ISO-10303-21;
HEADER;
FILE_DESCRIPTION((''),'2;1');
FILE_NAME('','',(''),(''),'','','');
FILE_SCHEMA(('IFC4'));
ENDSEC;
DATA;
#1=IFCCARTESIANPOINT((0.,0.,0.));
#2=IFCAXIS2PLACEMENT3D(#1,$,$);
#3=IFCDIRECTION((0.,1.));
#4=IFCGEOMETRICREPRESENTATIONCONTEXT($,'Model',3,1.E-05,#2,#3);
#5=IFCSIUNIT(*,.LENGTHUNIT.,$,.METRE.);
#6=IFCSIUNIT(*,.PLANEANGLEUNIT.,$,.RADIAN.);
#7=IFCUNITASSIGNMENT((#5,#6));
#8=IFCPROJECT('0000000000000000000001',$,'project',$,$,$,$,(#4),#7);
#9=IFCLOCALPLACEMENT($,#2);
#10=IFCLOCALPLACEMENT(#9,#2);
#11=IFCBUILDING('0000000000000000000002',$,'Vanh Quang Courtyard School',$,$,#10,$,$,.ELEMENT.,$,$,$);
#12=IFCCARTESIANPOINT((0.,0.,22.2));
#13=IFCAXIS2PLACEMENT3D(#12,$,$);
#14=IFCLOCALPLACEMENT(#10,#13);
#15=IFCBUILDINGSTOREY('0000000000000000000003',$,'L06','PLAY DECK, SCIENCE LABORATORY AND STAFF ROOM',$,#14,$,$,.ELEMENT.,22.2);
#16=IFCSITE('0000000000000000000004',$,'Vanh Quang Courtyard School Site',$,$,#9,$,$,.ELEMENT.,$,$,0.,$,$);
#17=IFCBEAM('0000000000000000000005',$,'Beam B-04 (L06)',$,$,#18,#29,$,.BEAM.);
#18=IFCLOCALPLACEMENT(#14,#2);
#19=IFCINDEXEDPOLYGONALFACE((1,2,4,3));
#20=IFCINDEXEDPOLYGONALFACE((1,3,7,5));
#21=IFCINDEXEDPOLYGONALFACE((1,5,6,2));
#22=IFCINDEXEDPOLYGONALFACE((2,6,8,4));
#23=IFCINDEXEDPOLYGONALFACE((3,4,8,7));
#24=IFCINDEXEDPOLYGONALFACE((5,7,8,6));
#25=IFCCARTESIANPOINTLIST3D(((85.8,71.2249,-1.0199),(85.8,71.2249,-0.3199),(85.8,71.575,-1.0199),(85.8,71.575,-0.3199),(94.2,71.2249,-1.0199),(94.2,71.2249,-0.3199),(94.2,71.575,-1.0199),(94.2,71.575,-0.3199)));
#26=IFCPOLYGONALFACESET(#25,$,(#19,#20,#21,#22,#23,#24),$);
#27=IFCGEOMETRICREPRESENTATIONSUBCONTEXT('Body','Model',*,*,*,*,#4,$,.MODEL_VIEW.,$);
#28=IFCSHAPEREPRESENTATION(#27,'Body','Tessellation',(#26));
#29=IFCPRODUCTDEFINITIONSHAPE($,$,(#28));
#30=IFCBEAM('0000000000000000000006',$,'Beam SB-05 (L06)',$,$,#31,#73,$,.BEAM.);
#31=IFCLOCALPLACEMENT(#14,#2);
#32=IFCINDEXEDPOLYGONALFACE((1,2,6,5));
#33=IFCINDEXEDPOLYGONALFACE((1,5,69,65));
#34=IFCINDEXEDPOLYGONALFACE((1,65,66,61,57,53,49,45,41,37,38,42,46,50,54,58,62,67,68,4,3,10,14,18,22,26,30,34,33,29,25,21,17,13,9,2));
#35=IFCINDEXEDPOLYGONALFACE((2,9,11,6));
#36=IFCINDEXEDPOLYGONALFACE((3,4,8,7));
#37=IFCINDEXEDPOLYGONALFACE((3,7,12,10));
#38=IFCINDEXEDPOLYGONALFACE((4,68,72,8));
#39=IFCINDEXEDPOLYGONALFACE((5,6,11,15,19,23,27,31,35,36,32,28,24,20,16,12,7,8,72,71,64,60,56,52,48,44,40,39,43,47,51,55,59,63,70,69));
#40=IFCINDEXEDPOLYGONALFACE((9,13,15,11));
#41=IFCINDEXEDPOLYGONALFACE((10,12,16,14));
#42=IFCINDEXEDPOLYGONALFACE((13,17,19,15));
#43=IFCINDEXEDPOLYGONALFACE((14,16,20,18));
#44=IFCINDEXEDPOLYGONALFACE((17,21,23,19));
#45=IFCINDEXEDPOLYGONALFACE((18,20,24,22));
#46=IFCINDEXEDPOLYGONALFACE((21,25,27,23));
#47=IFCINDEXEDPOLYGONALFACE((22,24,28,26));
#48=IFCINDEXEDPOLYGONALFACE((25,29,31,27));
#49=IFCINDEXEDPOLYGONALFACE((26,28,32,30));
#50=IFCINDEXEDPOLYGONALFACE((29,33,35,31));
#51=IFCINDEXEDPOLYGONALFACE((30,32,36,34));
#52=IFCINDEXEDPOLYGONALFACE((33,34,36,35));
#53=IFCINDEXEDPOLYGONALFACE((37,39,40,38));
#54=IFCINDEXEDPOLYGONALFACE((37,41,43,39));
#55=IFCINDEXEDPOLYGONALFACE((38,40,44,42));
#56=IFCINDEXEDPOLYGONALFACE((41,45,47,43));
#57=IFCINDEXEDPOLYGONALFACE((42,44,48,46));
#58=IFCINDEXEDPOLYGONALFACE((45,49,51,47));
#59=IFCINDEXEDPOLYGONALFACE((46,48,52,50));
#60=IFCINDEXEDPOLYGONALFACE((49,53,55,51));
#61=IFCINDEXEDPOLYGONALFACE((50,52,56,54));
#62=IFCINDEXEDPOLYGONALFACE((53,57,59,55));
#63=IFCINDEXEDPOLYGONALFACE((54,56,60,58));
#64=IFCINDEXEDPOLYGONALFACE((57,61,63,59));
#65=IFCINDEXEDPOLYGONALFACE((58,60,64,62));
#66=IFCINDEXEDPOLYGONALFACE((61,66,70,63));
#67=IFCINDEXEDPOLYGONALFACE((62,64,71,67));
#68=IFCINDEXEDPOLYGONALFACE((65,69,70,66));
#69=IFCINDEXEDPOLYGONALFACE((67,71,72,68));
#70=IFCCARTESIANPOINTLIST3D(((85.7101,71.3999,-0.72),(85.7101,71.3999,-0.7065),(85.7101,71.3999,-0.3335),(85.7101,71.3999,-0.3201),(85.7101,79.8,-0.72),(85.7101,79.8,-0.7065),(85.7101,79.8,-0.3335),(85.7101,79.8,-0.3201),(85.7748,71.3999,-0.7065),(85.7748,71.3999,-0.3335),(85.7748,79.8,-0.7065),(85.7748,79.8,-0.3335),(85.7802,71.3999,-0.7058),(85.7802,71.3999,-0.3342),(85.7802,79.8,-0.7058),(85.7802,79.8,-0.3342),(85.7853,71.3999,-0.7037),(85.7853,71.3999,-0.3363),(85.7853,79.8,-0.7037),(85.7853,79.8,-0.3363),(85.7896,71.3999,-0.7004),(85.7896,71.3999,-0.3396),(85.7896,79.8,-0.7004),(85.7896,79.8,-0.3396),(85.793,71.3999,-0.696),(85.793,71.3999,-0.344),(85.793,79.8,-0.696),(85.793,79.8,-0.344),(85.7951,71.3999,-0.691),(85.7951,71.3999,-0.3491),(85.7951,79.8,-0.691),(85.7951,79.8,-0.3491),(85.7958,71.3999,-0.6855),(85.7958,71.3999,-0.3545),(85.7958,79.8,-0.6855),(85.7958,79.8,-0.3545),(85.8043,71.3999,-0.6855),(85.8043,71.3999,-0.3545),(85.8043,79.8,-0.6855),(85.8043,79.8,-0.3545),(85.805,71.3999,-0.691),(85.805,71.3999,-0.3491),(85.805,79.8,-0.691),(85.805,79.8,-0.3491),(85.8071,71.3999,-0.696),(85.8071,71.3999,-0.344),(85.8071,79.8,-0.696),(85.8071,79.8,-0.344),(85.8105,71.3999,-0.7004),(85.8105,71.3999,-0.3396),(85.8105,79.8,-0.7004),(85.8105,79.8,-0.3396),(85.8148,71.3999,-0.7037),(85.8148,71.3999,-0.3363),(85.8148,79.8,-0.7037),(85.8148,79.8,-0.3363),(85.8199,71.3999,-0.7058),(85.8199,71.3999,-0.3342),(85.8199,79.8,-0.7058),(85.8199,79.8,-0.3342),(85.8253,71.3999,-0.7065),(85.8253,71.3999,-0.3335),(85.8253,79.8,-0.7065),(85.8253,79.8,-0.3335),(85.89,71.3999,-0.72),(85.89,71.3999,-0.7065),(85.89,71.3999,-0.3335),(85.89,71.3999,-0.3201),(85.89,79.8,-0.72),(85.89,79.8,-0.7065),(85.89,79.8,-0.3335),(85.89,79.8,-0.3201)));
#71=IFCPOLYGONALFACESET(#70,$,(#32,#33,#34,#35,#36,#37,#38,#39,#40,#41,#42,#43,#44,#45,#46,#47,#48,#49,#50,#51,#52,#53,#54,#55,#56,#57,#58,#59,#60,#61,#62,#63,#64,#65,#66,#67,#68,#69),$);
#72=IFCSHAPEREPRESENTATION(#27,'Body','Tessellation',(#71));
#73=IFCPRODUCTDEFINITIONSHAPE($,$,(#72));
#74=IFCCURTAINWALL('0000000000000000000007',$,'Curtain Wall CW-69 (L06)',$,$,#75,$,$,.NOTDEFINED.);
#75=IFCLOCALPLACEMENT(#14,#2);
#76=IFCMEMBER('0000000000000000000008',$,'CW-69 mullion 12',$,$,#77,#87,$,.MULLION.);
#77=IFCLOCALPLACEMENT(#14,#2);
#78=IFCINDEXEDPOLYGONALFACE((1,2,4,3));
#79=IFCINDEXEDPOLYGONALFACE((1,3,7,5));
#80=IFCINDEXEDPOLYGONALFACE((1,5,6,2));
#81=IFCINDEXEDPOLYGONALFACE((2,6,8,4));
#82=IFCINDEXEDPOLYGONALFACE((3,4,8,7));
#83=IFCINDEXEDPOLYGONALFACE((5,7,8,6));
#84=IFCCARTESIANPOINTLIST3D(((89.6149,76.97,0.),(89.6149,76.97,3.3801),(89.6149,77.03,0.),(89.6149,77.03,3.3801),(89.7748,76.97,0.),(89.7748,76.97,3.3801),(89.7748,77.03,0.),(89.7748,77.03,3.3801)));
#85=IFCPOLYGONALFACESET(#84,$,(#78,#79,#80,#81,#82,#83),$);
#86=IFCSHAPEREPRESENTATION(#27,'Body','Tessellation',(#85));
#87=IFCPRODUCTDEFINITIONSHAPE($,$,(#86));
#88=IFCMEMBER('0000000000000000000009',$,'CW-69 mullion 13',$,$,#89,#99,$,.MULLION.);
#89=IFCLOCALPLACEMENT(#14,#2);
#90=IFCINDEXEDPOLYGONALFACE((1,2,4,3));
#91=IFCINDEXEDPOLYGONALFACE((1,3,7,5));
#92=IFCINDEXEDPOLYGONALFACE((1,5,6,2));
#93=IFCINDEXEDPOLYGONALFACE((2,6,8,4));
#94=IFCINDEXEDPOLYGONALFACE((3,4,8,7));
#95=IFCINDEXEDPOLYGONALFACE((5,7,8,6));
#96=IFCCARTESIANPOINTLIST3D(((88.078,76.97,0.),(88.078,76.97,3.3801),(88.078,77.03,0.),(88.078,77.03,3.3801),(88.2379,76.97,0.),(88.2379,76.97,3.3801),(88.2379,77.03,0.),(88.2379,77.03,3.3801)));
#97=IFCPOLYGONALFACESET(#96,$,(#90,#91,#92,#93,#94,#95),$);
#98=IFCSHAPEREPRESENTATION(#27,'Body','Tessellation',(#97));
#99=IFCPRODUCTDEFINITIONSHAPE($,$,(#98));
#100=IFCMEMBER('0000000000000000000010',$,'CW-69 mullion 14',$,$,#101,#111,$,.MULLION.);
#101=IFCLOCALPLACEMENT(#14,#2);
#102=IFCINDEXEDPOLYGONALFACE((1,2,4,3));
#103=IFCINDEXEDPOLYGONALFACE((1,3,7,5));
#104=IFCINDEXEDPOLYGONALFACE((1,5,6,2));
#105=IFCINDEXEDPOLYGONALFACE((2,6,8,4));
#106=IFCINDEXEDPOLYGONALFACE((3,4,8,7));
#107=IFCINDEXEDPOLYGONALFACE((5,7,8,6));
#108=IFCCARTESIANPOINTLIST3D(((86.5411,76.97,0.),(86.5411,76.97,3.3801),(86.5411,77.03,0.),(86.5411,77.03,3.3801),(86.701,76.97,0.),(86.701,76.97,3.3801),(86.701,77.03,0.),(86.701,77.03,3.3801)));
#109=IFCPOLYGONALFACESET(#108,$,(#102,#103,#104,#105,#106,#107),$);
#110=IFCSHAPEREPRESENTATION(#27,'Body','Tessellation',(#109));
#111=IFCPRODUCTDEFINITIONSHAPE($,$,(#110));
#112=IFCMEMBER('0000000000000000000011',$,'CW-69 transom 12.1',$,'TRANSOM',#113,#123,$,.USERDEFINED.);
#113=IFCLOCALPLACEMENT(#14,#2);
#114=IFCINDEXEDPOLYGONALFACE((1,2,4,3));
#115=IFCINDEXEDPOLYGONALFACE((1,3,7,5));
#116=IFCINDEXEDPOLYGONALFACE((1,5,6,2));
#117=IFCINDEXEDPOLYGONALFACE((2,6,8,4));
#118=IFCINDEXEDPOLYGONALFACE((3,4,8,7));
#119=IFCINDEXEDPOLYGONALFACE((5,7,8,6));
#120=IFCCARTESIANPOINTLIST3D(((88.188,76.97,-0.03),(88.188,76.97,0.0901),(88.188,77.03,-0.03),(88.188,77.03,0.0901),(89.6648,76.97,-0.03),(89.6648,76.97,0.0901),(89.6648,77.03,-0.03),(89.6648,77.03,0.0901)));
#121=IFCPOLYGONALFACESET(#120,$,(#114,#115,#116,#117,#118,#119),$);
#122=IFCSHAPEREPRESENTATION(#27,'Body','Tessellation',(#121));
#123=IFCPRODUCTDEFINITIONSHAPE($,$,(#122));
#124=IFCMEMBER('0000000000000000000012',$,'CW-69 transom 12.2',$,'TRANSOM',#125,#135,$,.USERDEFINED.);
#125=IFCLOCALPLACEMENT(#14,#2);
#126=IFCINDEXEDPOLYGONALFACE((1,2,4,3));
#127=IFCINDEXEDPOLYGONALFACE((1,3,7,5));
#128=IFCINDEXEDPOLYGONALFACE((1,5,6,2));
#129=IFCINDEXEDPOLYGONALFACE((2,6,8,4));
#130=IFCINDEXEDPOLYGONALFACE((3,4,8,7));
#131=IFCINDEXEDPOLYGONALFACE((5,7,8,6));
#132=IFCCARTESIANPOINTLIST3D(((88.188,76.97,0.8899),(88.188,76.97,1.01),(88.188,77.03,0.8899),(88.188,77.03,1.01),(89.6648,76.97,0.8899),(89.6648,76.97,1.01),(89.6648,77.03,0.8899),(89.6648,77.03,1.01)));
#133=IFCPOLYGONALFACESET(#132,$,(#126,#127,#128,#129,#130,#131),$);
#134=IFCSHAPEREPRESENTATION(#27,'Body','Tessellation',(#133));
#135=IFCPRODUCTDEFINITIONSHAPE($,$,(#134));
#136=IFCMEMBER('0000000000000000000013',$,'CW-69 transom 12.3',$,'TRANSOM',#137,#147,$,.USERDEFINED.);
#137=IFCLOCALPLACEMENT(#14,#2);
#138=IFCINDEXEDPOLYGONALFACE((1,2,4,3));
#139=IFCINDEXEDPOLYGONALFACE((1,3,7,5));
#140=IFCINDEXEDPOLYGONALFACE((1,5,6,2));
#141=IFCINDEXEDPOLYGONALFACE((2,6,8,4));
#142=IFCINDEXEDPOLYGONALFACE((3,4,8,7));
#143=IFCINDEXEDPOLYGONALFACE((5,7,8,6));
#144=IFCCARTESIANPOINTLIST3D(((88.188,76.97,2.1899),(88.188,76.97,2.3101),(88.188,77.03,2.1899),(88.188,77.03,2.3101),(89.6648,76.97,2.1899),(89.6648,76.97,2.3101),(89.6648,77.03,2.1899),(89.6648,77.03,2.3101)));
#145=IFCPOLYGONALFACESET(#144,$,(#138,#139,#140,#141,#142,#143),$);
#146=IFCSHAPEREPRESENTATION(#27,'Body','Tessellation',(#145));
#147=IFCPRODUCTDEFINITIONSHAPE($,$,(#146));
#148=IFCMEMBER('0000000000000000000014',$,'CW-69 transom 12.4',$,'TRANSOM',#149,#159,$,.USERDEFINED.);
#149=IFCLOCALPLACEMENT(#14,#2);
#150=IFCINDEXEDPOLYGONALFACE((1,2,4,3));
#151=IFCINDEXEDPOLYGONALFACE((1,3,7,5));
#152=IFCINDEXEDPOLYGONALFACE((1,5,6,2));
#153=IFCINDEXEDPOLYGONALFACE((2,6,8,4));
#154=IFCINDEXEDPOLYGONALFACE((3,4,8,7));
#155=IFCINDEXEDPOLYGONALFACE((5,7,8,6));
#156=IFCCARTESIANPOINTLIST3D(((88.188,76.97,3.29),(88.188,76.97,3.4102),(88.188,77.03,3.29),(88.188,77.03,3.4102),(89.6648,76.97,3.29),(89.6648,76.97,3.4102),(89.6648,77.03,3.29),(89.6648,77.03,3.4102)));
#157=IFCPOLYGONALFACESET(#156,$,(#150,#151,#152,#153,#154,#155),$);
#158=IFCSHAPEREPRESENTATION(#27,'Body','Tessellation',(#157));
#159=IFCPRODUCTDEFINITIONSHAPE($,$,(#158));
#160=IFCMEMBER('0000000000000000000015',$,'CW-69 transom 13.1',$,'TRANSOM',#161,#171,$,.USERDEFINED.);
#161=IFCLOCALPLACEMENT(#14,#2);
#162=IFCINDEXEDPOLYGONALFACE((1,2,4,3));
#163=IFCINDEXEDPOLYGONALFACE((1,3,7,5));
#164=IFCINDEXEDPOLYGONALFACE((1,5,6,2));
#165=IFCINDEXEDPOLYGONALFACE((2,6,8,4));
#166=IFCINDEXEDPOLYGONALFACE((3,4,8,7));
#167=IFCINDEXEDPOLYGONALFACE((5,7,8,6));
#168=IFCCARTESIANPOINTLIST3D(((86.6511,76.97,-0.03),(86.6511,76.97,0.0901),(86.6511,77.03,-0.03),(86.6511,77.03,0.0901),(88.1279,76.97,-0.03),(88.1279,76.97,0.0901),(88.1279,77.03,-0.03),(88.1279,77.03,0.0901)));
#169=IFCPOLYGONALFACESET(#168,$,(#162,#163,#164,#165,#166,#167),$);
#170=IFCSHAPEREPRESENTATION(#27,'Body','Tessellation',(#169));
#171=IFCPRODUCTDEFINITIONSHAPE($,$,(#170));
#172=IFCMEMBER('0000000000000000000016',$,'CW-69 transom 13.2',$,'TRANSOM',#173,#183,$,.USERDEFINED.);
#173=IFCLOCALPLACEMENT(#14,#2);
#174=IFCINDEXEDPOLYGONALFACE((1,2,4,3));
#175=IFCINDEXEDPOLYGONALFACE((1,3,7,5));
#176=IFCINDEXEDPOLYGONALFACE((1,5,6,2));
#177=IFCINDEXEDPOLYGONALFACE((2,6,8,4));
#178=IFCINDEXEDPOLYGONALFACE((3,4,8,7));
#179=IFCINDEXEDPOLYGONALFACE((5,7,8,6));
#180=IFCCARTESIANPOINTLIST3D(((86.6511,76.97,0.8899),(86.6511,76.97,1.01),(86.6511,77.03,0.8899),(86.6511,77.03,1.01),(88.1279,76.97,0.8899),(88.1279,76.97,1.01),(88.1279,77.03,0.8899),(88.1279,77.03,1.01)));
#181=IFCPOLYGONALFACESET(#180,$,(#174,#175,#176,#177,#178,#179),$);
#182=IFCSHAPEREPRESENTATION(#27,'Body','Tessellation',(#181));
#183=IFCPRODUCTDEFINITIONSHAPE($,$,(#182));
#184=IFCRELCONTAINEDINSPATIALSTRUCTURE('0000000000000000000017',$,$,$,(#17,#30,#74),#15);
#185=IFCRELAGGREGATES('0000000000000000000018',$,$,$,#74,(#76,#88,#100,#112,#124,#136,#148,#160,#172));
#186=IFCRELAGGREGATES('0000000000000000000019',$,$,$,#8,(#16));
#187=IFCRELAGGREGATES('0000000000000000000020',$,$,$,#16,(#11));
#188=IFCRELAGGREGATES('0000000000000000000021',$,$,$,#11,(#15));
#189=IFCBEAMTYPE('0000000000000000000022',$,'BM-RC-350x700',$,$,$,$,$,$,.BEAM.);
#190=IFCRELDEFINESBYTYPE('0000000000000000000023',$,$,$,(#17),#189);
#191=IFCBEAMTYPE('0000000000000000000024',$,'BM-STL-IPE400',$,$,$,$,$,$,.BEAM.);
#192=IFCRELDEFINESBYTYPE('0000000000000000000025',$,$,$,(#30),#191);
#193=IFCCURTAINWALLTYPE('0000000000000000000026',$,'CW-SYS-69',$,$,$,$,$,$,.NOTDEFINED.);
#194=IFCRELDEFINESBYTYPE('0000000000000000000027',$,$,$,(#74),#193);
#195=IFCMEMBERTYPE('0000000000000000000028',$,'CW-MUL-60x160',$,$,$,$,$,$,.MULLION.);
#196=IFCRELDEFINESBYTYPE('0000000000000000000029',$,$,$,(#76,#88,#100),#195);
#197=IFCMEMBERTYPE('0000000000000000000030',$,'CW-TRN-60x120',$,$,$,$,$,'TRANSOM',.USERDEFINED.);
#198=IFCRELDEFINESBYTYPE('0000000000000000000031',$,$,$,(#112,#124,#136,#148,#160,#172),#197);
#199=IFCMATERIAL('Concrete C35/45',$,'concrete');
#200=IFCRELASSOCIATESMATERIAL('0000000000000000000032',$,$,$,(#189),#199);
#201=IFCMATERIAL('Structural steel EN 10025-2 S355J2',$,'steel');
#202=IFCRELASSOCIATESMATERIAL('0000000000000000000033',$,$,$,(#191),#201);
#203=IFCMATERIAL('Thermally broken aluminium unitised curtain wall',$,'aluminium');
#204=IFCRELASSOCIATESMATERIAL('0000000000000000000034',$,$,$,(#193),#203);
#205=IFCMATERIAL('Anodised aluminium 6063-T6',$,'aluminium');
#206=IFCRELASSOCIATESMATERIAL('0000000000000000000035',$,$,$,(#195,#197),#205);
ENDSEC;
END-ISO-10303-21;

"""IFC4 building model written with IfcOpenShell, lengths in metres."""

from ifc_helpers import new_model, si_unit, direction, frame, origin, origin_2d, place, context, subcontext, project, spatial, rectangle, i_section, extrude, material, material_profile, profile_set, type_object, element, aggregate, save


model = new_model("IFC4")

# Units and contexts
model_context = context("Model", 3, precision=1e-05, world=origin(), true_north=direction((0.0, 1.0)))
body_context = subcontext(model_context, "Body", "Model", "MODEL_VIEW")
ifc_project = project(units=[si_unit("LENGTHUNIT", "METRE"), si_unit("PLANEANGLEUNIT", "RADIAN")], contexts=[model_context])

# Site, building, storey
site_placement = place(None, origin())
site = spatial("IfcSite", under=ifc_project, at=site_placement, Name="Vanh Quang Courtyard School Site", CompositionType="ELEMENT", RefElevation=0.0)
building_placement = place(site_placement, origin())
building = spatial("IfcBuilding", under=site, at=building_placement, Name="Vanh Quang Courtyard School", CompositionType="ELEMENT")
storey_placement = place(building_placement, frame((0.0, 0.0, 22.2)))
storey = spatial("IfcBuildingStorey", under=building, at=storey_placement, Name="L06", Description="PLAY DECK, SCIENCE LABORATORY AND STAFF ROOM", CompositionType="ELEMENT", Elevation=22.2)

# Beams
ifc_material_1 = material(Name="Concrete C35/45", Category="concrete")
ifc_material_profile_1 = material_profile(ifc_material_1, rectangle(XDim=0.3501, YDim=0.7, at=origin_2d()), Name="RC-BM 350x700")
ifc_profile_set_1 = profile_set([ifc_material_profile_1], Name="Concrete C35/45")
beam_type_1 = type_object("IfcBeamType", Name="BM-RC-350x700", PredefinedType="BEAM", material=ifc_profile_set_1)
beam_1_placement = place(storey_placement, frame((85.8, 71.3999, -0.6699), z_axis=(1.0, 0.0, 0.0), x_axis=(0.0, 1.0, 0.0)))
element("IfcBeam", 1, at=beam_1_placement, inside=storey, type_object=beam_type_1, Name="Beam B-04 (L06)", PredefinedType="BEAM", context=body_context, shape_type="SweptSolid", body=[
    extrude(rectangle(XDim=0.3501, YDim=0.7, at=origin_2d()), origin(), (0.0, 0.0, 1.0), 8.3999),
])
ifc_material_2 = material(Name="Structural steel EN 10025-2 S355J2", Category="steel")
ifc_material_profile_2 = material_profile(ifc_material_2, i_section(OverallWidth=0.1799, OverallDepth=0.3999, WebThickness=0.0085, FlangeThickness=0.0134, FilletRadius=0.021, at=origin_2d()), Name="IPE 400")
ifc_profile_set_2 = profile_set([ifc_material_profile_2], Name="Structural steel EN 10025-2 S355J2")
beam_type_2 = type_object("IfcBeamType", Name="BM-STL-IPE400", PredefinedType="BEAM", material=ifc_profile_set_2)
beam_2_placement = place(storey_placement, frame((85.8, 71.3999, -0.52), z_axis=(0.0, 1.0, 0.0), x_axis=(-1.0, 0.0, 0.0)))
element("IfcBeam", 2, at=beam_2_placement, inside=storey, type_object=beam_type_2, Name="Beam SB-05 (L06)", PredefinedType="BEAM", context=body_context, shape_type="SweptSolid", body=[
    extrude(i_section(OverallWidth=0.1799, OverallDepth=0.3999, WebThickness=0.0085, FlangeThickness=0.0134, FilletRadius=0.021, at=origin_2d()), origin(), (0.0, 0.0, 1.0), 8.4001),
])

# Curtain wall, members
ifc_material_3 = material(Name="Thermally broken aluminium unitised curtain wall", Category="aluminium")
curtain_wall_type = type_object("IfcCurtainWallType", Name="CW-SYS-69", PredefinedType="NOTDEFINED", material=ifc_material_3)
curtain_wall_placement = place(storey_placement, origin())
curtain_wall = element("IfcCurtainWall", 3, at=curtain_wall_placement, inside=storey, type_object=curtain_wall_type, Name="Curtain Wall CW-69 (L06)", PredefinedType="NOTDEFINED")
ifc_material_4 = material(Name="Anodised aluminium 6063-T6", Category="aluminium")
ifc_material_profile_3 = material_profile(ifc_material_4, rectangle(XDim=0.0601, YDim=0.1599, at=origin_2d()), Name="ALU-MUL 60x160")
ifc_profile_set_3 = profile_set([ifc_material_profile_3], Name="Anodised aluminium 6063-T6")
member_type_1 = type_object("IfcMemberType", Name="CW-MUL-60x160", PredefinedType="MULLION", material=ifc_profile_set_3)
member_1_placement = place(storey_placement, frame((89.6948, 77.0, 0.0), z_axis=(0.0, 0.0, 1.0), x_axis=(0.0, -1.0, 0.0)))
member_1 = element("IfcMember", 4, at=member_1_placement, type_object=member_type_1, Name="CW-69 mullion 12", PredefinedType="MULLION", context=body_context, shape_type="SweptSolid", body=[
    extrude(rectangle(XDim=0.0601, YDim=0.1599, at=origin_2d()), origin(), (0.0, 0.0, 1.0), 3.3801),
])
member_2_placement = place(storey_placement, frame((88.158, 77.0, 0.0), z_axis=(0.0, 0.0, 1.0), x_axis=(0.0, -1.0, 0.0)))
member_2 = element("IfcMember", 5, at=member_2_placement, type_object=member_type_1, Name="CW-69 mullion 13", PredefinedType="MULLION", context=body_context, shape_type="SweptSolid", body=[
    extrude(rectangle(XDim=0.0601, YDim=0.1599, at=origin_2d()), origin(), (0.0, 0.0, 1.0), 3.3801),
])
member_3_placement = place(storey_placement, frame((86.6211, 77.0, 0.0), z_axis=(0.0, 0.0, 1.0), x_axis=(0.0, -1.0, 0.0)))
member_3 = element("IfcMember", 6, at=member_3_placement, type_object=member_type_1, Name="CW-69 mullion 14", PredefinedType="MULLION", context=body_context, shape_type="SweptSolid", body=[
    extrude(rectangle(XDim=0.0601, YDim=0.1599, at=origin_2d()), origin(), (0.0, 0.0, 1.0), 3.3801),
])
ifc_material_profile_4 = material_profile(ifc_material_4, rectangle(XDim=0.0601, YDim=0.1201, at=origin_2d()), Name="ALU-TRN 60x120")
ifc_profile_set_4 = profile_set([ifc_material_profile_4], Name="Anodised aluminium 6063-T6")
member_type_2 = type_object("IfcMemberType", Name="CW-TRN-60x120", ElementType="TRANSOM", PredefinedType="USERDEFINED", material=ifc_profile_set_4)
member_4_placement = place(storey_placement, frame((89.6648, 77.0, 0.03), z_axis=(-1.0, 0.0, 0.0), x_axis=(0.0, -1.0, 0.0)))
member_4 = element("IfcMember", 7, at=member_4_placement, type_object=member_type_2, Name="CW-69 transom 12.1", ObjectType="TRANSOM", PredefinedType="USERDEFINED", context=body_context, shape_type="SweptSolid", body=[
    extrude(rectangle(XDim=0.0601, YDim=0.1201, at=origin_2d()), origin(), (0.0, 0.0, 1.0), 1.4768),
])
member_5_placement = place(storey_placement, frame((89.6648, 77.0, 0.95), z_axis=(-1.0, 0.0, 0.0), x_axis=(0.0, -1.0, 0.0)))
member_5 = element("IfcMember", 8, at=member_5_placement, type_object=member_type_2, Name="CW-69 transom 12.2", ObjectType="TRANSOM", PredefinedType="USERDEFINED", context=body_context, shape_type="SweptSolid", body=[
    extrude(rectangle(XDim=0.0601, YDim=0.1201, at=origin_2d()), origin(), (0.0, 0.0, 1.0), 1.4768),
])
member_6_placement = place(storey_placement, frame((89.6648, 77.0, 2.25), z_axis=(-1.0, 0.0, 0.0), x_axis=(0.0, -1.0, 0.0)))
member_6 = element("IfcMember", 9, at=member_6_placement, type_object=member_type_2, Name="CW-69 transom 12.3", ObjectType="TRANSOM", PredefinedType="USERDEFINED", context=body_context, shape_type="SweptSolid", body=[
    extrude(rectangle(XDim=0.0601, YDim=0.1201, at=origin_2d()), origin(), (0.0, 0.0, 1.0), 1.4768),
])
member_7_placement = place(storey_placement, frame((89.6648, 77.0, 3.3501), z_axis=(-1.0, 0.0, 0.0), x_axis=(0.0, -1.0, 0.0)))
member_7 = element("IfcMember", 10, at=member_7_placement, type_object=member_type_2, Name="CW-69 transom 12.4", ObjectType="TRANSOM", PredefinedType="USERDEFINED", context=body_context, shape_type="SweptSolid", body=[
    extrude(rectangle(XDim=0.0601, YDim=0.1201, at=origin_2d()), origin(), (0.0, 0.0, 1.0), 1.4768),
])
member_8_placement = place(storey_placement, frame((88.1279, 77.0, 0.03), z_axis=(-1.0, 0.0, 0.0), x_axis=(0.0, -1.0, 0.0)))
member_8 = element("IfcMember", 11, at=member_8_placement, type_object=member_type_2, Name="CW-69 transom 13.1", ObjectType="TRANSOM", PredefinedType="USERDEFINED", context=body_context, shape_type="SweptSolid", body=[
    extrude(rectangle(XDim=0.0601, YDim=0.1201, at=origin_2d()), origin(), (0.0, 0.0, 1.0), 1.4768),
])
member_9_placement = place(storey_placement, frame((88.1279, 77.0, 0.95), z_axis=(-1.0, 0.0, 0.0), x_axis=(0.0, -1.0, 0.0)))
member_9 = element("IfcMember", 12, at=member_9_placement, type_object=member_type_2, Name="CW-69 transom 13.2", ObjectType="TRANSOM", PredefinedType="USERDEFINED", context=body_context, shape_type="SweptSolid", body=[
    extrude(rectangle(XDim=0.0601, YDim=0.1201, at=origin_2d()), origin(), (0.0, 0.0, 1.0), 1.4768),
])

aggregate(curtain_wall, [member_1, member_2, member_3, member_4, member_5, member_6, member_7, member_8, member_9])

save(model, "model.ifc")
